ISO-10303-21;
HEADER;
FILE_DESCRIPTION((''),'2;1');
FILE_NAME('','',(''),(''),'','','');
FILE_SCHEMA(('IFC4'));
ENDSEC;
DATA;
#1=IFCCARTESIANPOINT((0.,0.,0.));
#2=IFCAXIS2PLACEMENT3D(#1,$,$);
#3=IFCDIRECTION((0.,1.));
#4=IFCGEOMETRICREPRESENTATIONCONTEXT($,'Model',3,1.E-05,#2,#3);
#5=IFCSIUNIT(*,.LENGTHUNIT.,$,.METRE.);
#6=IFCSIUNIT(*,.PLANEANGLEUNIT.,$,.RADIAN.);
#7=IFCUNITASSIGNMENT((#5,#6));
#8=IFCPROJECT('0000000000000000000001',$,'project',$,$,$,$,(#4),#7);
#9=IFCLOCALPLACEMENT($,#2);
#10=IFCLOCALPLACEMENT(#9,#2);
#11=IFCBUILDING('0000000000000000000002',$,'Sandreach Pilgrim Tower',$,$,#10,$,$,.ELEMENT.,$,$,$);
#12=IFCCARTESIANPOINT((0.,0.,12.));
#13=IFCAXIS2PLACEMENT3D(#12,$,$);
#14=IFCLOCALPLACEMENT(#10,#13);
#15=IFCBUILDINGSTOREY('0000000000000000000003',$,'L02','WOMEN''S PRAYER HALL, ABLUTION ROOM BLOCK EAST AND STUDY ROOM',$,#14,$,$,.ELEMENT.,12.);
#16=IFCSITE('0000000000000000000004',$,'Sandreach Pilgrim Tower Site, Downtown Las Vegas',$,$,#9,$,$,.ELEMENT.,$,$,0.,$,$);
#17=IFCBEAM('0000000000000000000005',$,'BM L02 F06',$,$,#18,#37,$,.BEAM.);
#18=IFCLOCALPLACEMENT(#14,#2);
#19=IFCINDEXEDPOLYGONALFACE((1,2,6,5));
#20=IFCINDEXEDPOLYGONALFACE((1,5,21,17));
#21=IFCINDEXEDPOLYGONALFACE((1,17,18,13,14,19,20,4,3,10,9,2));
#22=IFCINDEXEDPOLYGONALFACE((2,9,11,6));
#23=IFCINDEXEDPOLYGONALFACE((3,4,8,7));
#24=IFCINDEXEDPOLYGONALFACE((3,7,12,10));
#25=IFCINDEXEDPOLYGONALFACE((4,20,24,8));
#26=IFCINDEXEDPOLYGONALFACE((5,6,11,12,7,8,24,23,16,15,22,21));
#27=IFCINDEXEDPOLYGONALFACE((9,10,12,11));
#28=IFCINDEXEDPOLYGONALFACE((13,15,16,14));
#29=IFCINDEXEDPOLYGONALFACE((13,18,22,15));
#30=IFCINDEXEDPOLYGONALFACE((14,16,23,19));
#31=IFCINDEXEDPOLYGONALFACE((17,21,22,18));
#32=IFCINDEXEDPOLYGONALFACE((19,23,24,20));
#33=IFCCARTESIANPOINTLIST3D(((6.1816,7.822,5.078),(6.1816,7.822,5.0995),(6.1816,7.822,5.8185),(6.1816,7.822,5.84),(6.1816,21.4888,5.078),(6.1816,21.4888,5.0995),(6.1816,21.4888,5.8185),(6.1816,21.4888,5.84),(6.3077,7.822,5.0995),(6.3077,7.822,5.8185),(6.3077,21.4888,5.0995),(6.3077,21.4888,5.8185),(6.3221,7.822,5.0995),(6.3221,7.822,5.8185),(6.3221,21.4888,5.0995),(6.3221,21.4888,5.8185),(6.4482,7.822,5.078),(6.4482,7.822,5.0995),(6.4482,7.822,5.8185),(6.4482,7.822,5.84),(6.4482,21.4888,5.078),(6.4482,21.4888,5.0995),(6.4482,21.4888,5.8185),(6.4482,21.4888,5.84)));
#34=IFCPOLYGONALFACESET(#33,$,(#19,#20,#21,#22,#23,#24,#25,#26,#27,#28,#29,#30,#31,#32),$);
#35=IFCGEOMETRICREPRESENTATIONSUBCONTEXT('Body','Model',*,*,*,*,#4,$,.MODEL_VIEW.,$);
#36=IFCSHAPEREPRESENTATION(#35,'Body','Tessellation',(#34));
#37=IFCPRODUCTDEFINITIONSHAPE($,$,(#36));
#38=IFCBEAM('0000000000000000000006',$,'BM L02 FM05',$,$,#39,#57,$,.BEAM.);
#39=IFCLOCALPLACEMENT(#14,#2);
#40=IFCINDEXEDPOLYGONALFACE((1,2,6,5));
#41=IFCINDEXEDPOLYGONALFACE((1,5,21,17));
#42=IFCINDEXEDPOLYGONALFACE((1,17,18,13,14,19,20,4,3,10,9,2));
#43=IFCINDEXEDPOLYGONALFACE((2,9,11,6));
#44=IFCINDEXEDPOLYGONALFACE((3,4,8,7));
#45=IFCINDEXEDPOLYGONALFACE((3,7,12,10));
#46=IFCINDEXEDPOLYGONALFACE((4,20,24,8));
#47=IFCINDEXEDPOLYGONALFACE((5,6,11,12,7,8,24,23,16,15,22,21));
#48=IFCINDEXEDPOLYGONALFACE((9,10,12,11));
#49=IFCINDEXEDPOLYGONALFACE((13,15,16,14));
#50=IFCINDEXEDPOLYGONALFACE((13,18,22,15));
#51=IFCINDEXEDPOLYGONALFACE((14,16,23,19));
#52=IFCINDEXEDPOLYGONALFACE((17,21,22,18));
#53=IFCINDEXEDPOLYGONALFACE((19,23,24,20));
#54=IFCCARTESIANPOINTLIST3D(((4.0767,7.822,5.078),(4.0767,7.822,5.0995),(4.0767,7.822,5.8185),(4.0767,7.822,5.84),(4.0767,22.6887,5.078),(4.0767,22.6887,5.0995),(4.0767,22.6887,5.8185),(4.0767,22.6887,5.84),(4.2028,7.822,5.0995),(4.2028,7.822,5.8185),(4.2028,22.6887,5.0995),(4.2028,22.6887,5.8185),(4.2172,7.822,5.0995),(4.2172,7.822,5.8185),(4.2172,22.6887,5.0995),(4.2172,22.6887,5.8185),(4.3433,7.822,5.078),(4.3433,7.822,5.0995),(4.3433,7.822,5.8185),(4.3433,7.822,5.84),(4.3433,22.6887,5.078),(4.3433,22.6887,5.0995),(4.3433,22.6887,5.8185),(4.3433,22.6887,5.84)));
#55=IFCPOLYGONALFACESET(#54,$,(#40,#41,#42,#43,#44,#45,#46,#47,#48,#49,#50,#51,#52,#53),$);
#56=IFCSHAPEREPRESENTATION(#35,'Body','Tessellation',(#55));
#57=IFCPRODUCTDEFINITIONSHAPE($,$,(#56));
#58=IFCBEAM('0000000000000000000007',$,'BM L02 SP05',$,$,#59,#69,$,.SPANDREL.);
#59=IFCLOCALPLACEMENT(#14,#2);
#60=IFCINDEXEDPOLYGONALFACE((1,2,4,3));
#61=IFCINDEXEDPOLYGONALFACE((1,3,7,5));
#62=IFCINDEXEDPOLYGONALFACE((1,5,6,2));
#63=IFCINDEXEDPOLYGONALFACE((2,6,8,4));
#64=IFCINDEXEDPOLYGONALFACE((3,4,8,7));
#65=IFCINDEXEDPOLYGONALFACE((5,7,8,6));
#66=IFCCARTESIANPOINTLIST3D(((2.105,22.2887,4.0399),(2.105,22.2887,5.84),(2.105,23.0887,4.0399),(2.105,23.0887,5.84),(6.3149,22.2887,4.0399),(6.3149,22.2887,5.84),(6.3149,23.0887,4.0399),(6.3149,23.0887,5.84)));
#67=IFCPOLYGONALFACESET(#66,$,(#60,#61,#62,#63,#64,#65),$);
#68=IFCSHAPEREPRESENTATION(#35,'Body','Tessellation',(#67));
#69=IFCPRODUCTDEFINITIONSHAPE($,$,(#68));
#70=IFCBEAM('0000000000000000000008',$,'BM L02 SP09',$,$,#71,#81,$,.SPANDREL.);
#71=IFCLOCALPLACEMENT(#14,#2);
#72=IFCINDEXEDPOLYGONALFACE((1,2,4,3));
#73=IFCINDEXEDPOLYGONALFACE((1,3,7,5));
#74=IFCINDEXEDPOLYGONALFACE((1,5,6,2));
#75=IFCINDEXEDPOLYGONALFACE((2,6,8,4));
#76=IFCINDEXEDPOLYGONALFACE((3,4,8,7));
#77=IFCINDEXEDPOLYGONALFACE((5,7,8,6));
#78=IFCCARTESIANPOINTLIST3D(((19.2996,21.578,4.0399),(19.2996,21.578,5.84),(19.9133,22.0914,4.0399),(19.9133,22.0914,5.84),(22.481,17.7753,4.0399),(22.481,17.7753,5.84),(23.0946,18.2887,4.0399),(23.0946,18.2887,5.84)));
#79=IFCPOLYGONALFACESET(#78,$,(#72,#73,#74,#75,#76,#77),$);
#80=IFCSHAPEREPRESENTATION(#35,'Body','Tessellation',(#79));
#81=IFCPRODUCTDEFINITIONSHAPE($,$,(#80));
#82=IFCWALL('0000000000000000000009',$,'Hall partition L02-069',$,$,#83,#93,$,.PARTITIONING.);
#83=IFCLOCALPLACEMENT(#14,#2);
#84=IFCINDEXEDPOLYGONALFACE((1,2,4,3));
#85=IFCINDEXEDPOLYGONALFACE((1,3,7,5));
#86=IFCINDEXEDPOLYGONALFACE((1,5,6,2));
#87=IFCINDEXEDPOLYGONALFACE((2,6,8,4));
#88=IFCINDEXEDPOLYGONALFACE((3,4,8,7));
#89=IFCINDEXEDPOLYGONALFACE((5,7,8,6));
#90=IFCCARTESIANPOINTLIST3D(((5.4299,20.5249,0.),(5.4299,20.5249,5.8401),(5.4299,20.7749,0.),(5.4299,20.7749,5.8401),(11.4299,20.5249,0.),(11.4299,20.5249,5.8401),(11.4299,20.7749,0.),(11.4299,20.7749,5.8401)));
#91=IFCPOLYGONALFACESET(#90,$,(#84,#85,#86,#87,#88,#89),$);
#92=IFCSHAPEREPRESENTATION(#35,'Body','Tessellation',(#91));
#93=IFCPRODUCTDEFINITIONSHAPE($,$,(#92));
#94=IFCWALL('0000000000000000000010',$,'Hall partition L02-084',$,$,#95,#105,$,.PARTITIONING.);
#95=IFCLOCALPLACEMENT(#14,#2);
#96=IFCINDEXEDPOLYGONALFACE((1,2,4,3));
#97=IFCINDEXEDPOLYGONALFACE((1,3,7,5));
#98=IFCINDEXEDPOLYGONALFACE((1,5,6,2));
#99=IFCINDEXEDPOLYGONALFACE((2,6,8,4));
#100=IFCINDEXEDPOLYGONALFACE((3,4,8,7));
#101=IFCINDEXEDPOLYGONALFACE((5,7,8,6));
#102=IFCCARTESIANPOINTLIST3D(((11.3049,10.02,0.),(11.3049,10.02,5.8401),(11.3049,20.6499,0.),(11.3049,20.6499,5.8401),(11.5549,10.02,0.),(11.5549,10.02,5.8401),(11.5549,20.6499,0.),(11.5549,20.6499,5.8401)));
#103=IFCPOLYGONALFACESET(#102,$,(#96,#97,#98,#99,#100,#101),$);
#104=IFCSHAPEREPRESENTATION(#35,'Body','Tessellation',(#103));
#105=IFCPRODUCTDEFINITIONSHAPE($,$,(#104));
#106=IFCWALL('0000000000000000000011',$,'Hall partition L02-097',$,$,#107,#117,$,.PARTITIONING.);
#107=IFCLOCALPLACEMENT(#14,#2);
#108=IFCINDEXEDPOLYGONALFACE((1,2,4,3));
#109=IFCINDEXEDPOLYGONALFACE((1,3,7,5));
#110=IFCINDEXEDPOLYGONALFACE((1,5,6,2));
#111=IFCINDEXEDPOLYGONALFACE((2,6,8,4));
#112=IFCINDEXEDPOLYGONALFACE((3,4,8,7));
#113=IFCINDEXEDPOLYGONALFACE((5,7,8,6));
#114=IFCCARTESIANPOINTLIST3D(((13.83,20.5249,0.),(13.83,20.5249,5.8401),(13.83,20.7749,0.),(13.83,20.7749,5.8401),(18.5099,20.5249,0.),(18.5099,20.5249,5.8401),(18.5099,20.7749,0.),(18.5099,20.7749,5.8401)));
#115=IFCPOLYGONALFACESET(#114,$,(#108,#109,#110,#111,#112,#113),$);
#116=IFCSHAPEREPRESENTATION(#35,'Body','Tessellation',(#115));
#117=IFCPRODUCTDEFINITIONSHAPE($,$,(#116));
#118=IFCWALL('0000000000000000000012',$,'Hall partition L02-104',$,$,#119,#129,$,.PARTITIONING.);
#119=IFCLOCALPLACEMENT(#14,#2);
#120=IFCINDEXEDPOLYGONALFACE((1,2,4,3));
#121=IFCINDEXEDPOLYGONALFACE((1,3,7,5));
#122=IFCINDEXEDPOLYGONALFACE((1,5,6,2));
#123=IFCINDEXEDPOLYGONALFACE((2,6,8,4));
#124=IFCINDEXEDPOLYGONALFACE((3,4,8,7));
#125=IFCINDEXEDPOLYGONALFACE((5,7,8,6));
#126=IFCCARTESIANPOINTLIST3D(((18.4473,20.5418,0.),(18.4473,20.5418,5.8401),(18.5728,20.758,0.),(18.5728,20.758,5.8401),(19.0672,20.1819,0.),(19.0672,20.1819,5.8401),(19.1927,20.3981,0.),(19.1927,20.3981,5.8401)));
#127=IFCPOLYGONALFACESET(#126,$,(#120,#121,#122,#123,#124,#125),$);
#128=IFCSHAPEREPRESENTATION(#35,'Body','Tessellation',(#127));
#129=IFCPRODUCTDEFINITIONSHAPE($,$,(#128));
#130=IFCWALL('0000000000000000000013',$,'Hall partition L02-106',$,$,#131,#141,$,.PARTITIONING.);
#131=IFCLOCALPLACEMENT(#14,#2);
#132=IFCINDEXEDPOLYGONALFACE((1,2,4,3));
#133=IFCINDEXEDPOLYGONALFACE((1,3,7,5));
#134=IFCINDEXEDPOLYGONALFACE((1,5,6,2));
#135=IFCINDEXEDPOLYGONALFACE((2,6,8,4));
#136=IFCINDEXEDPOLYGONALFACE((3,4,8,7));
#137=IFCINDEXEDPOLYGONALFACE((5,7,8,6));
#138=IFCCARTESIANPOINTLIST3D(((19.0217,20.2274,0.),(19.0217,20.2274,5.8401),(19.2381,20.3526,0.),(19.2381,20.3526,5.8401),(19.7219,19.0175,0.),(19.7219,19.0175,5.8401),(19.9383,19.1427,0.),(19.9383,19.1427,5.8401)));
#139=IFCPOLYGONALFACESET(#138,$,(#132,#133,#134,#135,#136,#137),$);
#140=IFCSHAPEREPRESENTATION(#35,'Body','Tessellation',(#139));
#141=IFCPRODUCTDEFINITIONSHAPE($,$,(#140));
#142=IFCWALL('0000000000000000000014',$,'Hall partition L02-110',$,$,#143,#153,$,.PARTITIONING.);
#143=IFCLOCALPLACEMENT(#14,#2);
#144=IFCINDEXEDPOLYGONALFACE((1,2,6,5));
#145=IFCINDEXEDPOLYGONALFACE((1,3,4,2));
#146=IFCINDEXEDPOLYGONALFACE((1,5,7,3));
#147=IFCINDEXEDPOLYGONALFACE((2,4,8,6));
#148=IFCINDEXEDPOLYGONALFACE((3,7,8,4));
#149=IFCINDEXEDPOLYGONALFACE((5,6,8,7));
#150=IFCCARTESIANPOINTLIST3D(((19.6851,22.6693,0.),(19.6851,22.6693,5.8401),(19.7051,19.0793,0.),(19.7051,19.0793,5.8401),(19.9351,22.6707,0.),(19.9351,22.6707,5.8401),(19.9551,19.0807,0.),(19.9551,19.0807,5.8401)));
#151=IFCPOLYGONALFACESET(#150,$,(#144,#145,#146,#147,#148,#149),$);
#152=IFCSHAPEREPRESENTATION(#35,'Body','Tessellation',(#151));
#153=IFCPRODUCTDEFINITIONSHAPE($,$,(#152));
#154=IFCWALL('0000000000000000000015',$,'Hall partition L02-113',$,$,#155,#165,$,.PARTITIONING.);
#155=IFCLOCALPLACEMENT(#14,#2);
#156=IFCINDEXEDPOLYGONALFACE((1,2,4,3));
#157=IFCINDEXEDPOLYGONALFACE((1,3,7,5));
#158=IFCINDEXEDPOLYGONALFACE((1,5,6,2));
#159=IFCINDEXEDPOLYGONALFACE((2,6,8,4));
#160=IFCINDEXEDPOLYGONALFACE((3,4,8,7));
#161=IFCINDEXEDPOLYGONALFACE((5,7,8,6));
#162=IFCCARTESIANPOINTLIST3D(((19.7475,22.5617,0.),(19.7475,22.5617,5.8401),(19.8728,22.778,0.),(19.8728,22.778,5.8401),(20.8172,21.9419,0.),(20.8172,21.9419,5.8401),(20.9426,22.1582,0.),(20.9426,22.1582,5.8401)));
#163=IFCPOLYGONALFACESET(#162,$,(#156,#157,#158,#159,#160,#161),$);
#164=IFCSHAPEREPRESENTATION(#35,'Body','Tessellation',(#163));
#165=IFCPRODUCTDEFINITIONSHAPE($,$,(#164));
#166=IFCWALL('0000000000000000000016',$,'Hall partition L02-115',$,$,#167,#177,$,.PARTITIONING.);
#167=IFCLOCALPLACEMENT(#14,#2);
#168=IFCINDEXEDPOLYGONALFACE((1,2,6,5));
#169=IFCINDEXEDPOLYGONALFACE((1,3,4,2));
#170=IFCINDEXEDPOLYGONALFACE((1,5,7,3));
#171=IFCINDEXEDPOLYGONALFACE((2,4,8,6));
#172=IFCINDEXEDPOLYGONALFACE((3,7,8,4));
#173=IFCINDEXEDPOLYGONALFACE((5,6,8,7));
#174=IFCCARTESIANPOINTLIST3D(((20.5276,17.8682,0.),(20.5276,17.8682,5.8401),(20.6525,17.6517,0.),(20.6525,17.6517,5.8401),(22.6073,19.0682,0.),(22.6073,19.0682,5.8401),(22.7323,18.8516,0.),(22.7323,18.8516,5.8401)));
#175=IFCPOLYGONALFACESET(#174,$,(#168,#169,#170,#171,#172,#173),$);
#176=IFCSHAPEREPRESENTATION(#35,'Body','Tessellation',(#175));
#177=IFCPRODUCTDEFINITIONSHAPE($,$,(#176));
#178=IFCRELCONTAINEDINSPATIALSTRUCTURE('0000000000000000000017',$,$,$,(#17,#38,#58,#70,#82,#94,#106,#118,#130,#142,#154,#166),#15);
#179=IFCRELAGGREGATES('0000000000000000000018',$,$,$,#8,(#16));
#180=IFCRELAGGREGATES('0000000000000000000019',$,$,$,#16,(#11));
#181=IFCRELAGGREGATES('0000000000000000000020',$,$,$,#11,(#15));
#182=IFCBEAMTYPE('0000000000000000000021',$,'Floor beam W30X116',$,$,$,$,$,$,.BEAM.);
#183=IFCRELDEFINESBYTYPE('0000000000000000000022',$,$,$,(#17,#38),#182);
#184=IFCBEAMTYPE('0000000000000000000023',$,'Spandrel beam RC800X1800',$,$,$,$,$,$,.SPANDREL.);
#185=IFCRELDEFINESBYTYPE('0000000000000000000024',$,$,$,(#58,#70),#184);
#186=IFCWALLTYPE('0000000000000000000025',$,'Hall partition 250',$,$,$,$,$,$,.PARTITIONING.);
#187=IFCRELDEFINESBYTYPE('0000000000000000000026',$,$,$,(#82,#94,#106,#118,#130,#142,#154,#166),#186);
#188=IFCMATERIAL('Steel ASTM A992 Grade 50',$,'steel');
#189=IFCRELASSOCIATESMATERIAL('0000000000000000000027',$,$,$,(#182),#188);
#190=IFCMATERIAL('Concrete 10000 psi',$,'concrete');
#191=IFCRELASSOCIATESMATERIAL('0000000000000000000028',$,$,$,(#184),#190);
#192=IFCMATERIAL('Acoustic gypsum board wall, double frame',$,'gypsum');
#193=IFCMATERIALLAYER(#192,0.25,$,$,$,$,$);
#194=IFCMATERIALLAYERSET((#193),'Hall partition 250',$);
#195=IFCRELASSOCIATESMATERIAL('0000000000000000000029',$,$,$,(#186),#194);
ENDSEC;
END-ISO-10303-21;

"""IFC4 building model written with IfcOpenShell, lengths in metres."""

from ifc_helpers import new_model, si_unit, direction, frame, frame_2d, origin, origin_2d, place, context, subcontext, project, spatial, rectangle, i_section, extrude, material, layer, layer_set, material_profile, profile_set, type_object, element, save


model = new_model("IFC4")

# Units and contexts
model_context = context("Model", 3, precision=1e-05, world=origin(), true_north=direction((0.0, 1.0)))
body_context = subcontext(model_context, "Body", "Model", "MODEL_VIEW")
ifc_project = project(units=[si_unit("LENGTHUNIT", "METRE"), si_unit("PLANEANGLEUNIT", "RADIAN")], contexts=[model_context])

# Site, building, storey
site_placement = place(None, origin())
site = spatial("IfcSite", under=ifc_project, at=site_placement, Name="Sandreach Pilgrim Tower Site, Downtown Las Vegas", CompositionType="ELEMENT", RefElevation=0.0)
building_placement = place(site_placement, origin())
building = spatial("IfcBuilding", under=site, at=building_placement, Name="Sandreach Pilgrim Tower", CompositionType="ELEMENT")
storey_placement = place(building_placement, frame((0.0, 0.0, 12.0)))
storey = spatial("IfcBuildingStorey", under=building, at=storey_placement, Name="L02", Description="WOMEN'S PRAYER HALL, ABLUTION ROOM BLOCK EAST AND STUDY ROOM", CompositionType="ELEMENT", Elevation=12.0)

# Beams
ifc_material_1 = material(Name="Steel ASTM A992 Grade 50", Category="steel")
ifc_material_profile_1 = material_profile(ifc_material_1, i_section(OverallWidth=0.2666, OverallDepth=0.762, WebThickness=0.0144, FlangeThickness=0.0215, at=origin_2d()), Name="W30X116")
ifc_profile_set_1 = profile_set([ifc_material_profile_1], Name="Steel ASTM A992 Grade 50")
beam_type_1 = type_object("IfcBeamType", Name="Floor beam W30X116", PredefinedType="BEAM", material=ifc_profile_set_1)
for number, where, z_axis, x_axis, name in (
    (1, (6.3149, 21.4888, 5.459), (0.0, -1.0, 0.0), (1.0, 0.0, 0.0), "BM L02 F06"),
):
    element("IfcBeam", number, at=place(storey_placement, frame(where, z_axis=z_axis, x_axis=x_axis)), inside=storey, type_object=beam_type_1, Name=name, PredefinedType="BEAM", context=body_context, shape_type="SweptSolid", body=[
        extrude(i_section(OverallWidth=0.2666, OverallDepth=0.762, WebThickness=0.0144, FlangeThickness=0.0215, at=origin_2d()), origin(), (0.0, 0.0, 1.0), 13.6667),
    ])
beam_1_placement = place(storey_placement, frame((4.21, 22.6887, 5.459), z_axis=(0.0, -1.0, 0.0), x_axis=(1.0, 0.0, 0.0)))
element("IfcBeam", 2, at=beam_1_placement, inside=storey, type_object=beam_type_1, Name="BM L02 FM05", PredefinedType="BEAM", context=body_context, shape_type="SweptSolid", body=[
    extrude(i_section(OverallWidth=0.2666, OverallDepth=0.762, WebThickness=0.0144, FlangeThickness=0.0215, at=origin_2d()), origin(), (0.0, 0.0, 1.0), 14.8667),
])
ifc_material_2 = material(Name="Concrete 10000 psi", Category="concrete")
ifc_material_profile_2 = material_profile(ifc_material_2, rectangle(XDim=0.8, YDim=1.8, at=origin_2d()), Name="RC800X1800")
ifc_profile_set_2 = profile_set([ifc_material_profile_2], Name="Concrete 10000 psi")
beam_type_2 = type_object("IfcBeamType", Name="Spandrel beam RC800X1800", PredefinedType="SPANDREL", material=ifc_profile_set_2)
beam_2_placement = place(storey_placement, frame((2.105, 22.6887, 4.9399), z_axis=(1.0, 0.0, 0.0), x_axis=(0.0, 1.0, 0.0)))
element("IfcBeam", 3, at=beam_2_placement, inside=storey, type_object=beam_type_2, Name="BM L02 SP05", PredefinedType="SPANDREL", context=body_context, shape_type="SweptSolid", body=[
    extrude(rectangle(XDim=0.8, YDim=1.8, at=origin_2d()), origin(), (0.0, 0.0, 1.0), 4.21),
])
beam_3_placement = place(storey_placement, frame((19.6064, 21.8347, 4.9399), z_axis=(0.641665, -0.766985, 0.0), x_axis=(0.766985, 0.641665, 0.0)))
element("IfcBeam", 4, at=beam_3_placement, inside=storey, type_object=beam_type_2, Name="BM L02 SP09", PredefinedType="SPANDREL", context=body_context, shape_type="SweptSolid", body=[
    extrude(rectangle(XDim=0.8, YDim=1.8, at=origin_2d()), origin(), (0.0, 0.0, 1.0), 4.958),
])

# Walls
ifc_material_3 = material(Name="Acoustic gypsum board wall, double frame", Category="gypsum")
ifc_layer = layer(ifc_material_3, 0.25)
ifc_layer_set = layer_set([ifc_layer], Name="Hall partition 250")
wall_type = type_object("IfcWallType", Name="Hall partition 250", PredefinedType="PARTITIONING", material=ifc_layer_set)
wall_1_placement = place(storey_placement, frame((5.4299, 20.6499, 0.0), z_axis=(0.0, 0.0, 1.0), x_axis=(1.0, 0.0, 0.0)))
element("IfcWall", 5, at=wall_1_placement, inside=storey, type_object=wall_type, Name="Hall partition L02-069", PredefinedType="PARTITIONING", context=body_context, shape_type="SweptSolid", body=[
    extrude(rectangle(XDim=6.0, YDim=0.25, at=frame_2d((3.0, 0.0))), origin(), (0.0, 0.0, 1.0), 5.8401),
])
wall_2_placement = place(storey_placement, frame((11.4299, 20.6499, 0.0), z_axis=(0.0, 0.0, 1.0), x_axis=(0.0, -1.0, 0.0)))
element("IfcWall", 6, at=wall_2_placement, inside=storey, type_object=wall_type, Name="Hall partition L02-084", PredefinedType="PARTITIONING", context=body_context, shape_type="SweptSolid", body=[
    extrude(rectangle(XDim=10.6299, YDim=0.25, at=frame_2d((5.3149, 0.0))), origin(), (0.0, 0.0, 1.0), 5.8401),
])
wall_3_placement = place(storey_placement, frame((13.8301, 20.6499, 0.0), z_axis=(0.0, 0.0, 1.0), x_axis=(1.0, 0.0, 0.0)))
element("IfcWall", 7, at=wall_3_placement, inside=storey, type_object=wall_type, Name="Hall partition L02-097", PredefinedType="PARTITIONING", context=body_context, shape_type="SweptSolid", body=[
    extrude(rectangle(XDim=4.6799, YDim=0.25, at=frame_2d((2.3398, 0.0))), origin(), (0.0, 0.0, 1.0), 5.8401),
])
wall_4_placement = place(storey_placement, frame((18.51, 20.6499, 0.0), z_axis=(0.0, 0.0, 1.0), x_axis=(0.864827, -0.50207, 0.0)))
element("IfcWall", 8, at=wall_4_placement, inside=storey, type_object=wall_type, Name="Hall partition L02-104", PredefinedType="PARTITIONING", context=body_context, shape_type="SweptSolid", body=[
    extrude(rectangle(XDim=0.7168, YDim=0.25, at=frame_2d((0.3584, 0.0))), origin(), (0.0, 0.0, 1.0), 5.8401),
])
wall_5_placement = place(storey_placement, frame((19.1299, 20.29, 0.0), z_axis=(0.0, 0.0, 1.0), x_axis=(0.500871, -0.865522, 0.0)))
element("IfcWall", 9, at=wall_5_placement, inside=storey, type_object=wall_type, Name="Hall partition L02-106", PredefinedType="PARTITIONING", context=body_context, shape_type="SweptSolid", body=[
    extrude(rectangle(XDim=1.3979, YDim=0.25, at=frame_2d((0.699, 0.0))), origin(), (0.0, 0.0, 1.0), 5.8401),
])
wall_6_placement = place(storey_placement, frame((19.8301, 19.0801, 0.0), z_axis=(0.0, 0.0, 1.0), x_axis=(-0.005576, 0.999984, 0.0)))
element("IfcWall", 10, at=wall_6_placement, inside=storey, type_object=wall_type, Name="Hall partition L02-110", PredefinedType="PARTITIONING", context=body_context, shape_type="SweptSolid", body=[
    extrude(rectangle(XDim=3.5901, YDim=0.25, at=frame_2d((1.7949, 0.0))), origin(), (0.0, 0.0, 1.0), 5.8401),
])
wall_7_placement = place(storey_placement, frame((20.8799, 22.05, 0.0), z_axis=(0.0, 0.0, 1.0), x_axis=(-0.86525, 0.50134, 0.0)))
element("IfcWall", 11, at=wall_7_placement, inside=storey, type_object=wall_type, Name="Hall partition L02-113", PredefinedType="PARTITIONING", context=body_context, shape_type="SweptSolid", body=[
    extrude(rectangle(XDim=1.2363, YDim=0.25, at=frame_2d((0.6182, 0.0))), origin(), (0.0, 0.0, 1.0), 5.8401),
])
wall_8_placement = place(storey_placement, frame((22.6699, 18.96, 0.0), z_axis=(0.0, 0.0, 1.0), x_axis=(-0.866177, -0.499737, 0.0)))
element("IfcWall", 12, at=wall_8_placement, inside=storey, type_object=wall_type, Name="Hall partition L02-115", PredefinedType="PARTITIONING", context=body_context, shape_type="SweptSolid", body=[
    extrude(rectangle(XDim=2.4011, YDim=0.25, at=frame_2d((1.2007, 0.0))), origin(), (0.0, 0.0, 1.0), 5.8401),
])

save(model, "model.ifc")
